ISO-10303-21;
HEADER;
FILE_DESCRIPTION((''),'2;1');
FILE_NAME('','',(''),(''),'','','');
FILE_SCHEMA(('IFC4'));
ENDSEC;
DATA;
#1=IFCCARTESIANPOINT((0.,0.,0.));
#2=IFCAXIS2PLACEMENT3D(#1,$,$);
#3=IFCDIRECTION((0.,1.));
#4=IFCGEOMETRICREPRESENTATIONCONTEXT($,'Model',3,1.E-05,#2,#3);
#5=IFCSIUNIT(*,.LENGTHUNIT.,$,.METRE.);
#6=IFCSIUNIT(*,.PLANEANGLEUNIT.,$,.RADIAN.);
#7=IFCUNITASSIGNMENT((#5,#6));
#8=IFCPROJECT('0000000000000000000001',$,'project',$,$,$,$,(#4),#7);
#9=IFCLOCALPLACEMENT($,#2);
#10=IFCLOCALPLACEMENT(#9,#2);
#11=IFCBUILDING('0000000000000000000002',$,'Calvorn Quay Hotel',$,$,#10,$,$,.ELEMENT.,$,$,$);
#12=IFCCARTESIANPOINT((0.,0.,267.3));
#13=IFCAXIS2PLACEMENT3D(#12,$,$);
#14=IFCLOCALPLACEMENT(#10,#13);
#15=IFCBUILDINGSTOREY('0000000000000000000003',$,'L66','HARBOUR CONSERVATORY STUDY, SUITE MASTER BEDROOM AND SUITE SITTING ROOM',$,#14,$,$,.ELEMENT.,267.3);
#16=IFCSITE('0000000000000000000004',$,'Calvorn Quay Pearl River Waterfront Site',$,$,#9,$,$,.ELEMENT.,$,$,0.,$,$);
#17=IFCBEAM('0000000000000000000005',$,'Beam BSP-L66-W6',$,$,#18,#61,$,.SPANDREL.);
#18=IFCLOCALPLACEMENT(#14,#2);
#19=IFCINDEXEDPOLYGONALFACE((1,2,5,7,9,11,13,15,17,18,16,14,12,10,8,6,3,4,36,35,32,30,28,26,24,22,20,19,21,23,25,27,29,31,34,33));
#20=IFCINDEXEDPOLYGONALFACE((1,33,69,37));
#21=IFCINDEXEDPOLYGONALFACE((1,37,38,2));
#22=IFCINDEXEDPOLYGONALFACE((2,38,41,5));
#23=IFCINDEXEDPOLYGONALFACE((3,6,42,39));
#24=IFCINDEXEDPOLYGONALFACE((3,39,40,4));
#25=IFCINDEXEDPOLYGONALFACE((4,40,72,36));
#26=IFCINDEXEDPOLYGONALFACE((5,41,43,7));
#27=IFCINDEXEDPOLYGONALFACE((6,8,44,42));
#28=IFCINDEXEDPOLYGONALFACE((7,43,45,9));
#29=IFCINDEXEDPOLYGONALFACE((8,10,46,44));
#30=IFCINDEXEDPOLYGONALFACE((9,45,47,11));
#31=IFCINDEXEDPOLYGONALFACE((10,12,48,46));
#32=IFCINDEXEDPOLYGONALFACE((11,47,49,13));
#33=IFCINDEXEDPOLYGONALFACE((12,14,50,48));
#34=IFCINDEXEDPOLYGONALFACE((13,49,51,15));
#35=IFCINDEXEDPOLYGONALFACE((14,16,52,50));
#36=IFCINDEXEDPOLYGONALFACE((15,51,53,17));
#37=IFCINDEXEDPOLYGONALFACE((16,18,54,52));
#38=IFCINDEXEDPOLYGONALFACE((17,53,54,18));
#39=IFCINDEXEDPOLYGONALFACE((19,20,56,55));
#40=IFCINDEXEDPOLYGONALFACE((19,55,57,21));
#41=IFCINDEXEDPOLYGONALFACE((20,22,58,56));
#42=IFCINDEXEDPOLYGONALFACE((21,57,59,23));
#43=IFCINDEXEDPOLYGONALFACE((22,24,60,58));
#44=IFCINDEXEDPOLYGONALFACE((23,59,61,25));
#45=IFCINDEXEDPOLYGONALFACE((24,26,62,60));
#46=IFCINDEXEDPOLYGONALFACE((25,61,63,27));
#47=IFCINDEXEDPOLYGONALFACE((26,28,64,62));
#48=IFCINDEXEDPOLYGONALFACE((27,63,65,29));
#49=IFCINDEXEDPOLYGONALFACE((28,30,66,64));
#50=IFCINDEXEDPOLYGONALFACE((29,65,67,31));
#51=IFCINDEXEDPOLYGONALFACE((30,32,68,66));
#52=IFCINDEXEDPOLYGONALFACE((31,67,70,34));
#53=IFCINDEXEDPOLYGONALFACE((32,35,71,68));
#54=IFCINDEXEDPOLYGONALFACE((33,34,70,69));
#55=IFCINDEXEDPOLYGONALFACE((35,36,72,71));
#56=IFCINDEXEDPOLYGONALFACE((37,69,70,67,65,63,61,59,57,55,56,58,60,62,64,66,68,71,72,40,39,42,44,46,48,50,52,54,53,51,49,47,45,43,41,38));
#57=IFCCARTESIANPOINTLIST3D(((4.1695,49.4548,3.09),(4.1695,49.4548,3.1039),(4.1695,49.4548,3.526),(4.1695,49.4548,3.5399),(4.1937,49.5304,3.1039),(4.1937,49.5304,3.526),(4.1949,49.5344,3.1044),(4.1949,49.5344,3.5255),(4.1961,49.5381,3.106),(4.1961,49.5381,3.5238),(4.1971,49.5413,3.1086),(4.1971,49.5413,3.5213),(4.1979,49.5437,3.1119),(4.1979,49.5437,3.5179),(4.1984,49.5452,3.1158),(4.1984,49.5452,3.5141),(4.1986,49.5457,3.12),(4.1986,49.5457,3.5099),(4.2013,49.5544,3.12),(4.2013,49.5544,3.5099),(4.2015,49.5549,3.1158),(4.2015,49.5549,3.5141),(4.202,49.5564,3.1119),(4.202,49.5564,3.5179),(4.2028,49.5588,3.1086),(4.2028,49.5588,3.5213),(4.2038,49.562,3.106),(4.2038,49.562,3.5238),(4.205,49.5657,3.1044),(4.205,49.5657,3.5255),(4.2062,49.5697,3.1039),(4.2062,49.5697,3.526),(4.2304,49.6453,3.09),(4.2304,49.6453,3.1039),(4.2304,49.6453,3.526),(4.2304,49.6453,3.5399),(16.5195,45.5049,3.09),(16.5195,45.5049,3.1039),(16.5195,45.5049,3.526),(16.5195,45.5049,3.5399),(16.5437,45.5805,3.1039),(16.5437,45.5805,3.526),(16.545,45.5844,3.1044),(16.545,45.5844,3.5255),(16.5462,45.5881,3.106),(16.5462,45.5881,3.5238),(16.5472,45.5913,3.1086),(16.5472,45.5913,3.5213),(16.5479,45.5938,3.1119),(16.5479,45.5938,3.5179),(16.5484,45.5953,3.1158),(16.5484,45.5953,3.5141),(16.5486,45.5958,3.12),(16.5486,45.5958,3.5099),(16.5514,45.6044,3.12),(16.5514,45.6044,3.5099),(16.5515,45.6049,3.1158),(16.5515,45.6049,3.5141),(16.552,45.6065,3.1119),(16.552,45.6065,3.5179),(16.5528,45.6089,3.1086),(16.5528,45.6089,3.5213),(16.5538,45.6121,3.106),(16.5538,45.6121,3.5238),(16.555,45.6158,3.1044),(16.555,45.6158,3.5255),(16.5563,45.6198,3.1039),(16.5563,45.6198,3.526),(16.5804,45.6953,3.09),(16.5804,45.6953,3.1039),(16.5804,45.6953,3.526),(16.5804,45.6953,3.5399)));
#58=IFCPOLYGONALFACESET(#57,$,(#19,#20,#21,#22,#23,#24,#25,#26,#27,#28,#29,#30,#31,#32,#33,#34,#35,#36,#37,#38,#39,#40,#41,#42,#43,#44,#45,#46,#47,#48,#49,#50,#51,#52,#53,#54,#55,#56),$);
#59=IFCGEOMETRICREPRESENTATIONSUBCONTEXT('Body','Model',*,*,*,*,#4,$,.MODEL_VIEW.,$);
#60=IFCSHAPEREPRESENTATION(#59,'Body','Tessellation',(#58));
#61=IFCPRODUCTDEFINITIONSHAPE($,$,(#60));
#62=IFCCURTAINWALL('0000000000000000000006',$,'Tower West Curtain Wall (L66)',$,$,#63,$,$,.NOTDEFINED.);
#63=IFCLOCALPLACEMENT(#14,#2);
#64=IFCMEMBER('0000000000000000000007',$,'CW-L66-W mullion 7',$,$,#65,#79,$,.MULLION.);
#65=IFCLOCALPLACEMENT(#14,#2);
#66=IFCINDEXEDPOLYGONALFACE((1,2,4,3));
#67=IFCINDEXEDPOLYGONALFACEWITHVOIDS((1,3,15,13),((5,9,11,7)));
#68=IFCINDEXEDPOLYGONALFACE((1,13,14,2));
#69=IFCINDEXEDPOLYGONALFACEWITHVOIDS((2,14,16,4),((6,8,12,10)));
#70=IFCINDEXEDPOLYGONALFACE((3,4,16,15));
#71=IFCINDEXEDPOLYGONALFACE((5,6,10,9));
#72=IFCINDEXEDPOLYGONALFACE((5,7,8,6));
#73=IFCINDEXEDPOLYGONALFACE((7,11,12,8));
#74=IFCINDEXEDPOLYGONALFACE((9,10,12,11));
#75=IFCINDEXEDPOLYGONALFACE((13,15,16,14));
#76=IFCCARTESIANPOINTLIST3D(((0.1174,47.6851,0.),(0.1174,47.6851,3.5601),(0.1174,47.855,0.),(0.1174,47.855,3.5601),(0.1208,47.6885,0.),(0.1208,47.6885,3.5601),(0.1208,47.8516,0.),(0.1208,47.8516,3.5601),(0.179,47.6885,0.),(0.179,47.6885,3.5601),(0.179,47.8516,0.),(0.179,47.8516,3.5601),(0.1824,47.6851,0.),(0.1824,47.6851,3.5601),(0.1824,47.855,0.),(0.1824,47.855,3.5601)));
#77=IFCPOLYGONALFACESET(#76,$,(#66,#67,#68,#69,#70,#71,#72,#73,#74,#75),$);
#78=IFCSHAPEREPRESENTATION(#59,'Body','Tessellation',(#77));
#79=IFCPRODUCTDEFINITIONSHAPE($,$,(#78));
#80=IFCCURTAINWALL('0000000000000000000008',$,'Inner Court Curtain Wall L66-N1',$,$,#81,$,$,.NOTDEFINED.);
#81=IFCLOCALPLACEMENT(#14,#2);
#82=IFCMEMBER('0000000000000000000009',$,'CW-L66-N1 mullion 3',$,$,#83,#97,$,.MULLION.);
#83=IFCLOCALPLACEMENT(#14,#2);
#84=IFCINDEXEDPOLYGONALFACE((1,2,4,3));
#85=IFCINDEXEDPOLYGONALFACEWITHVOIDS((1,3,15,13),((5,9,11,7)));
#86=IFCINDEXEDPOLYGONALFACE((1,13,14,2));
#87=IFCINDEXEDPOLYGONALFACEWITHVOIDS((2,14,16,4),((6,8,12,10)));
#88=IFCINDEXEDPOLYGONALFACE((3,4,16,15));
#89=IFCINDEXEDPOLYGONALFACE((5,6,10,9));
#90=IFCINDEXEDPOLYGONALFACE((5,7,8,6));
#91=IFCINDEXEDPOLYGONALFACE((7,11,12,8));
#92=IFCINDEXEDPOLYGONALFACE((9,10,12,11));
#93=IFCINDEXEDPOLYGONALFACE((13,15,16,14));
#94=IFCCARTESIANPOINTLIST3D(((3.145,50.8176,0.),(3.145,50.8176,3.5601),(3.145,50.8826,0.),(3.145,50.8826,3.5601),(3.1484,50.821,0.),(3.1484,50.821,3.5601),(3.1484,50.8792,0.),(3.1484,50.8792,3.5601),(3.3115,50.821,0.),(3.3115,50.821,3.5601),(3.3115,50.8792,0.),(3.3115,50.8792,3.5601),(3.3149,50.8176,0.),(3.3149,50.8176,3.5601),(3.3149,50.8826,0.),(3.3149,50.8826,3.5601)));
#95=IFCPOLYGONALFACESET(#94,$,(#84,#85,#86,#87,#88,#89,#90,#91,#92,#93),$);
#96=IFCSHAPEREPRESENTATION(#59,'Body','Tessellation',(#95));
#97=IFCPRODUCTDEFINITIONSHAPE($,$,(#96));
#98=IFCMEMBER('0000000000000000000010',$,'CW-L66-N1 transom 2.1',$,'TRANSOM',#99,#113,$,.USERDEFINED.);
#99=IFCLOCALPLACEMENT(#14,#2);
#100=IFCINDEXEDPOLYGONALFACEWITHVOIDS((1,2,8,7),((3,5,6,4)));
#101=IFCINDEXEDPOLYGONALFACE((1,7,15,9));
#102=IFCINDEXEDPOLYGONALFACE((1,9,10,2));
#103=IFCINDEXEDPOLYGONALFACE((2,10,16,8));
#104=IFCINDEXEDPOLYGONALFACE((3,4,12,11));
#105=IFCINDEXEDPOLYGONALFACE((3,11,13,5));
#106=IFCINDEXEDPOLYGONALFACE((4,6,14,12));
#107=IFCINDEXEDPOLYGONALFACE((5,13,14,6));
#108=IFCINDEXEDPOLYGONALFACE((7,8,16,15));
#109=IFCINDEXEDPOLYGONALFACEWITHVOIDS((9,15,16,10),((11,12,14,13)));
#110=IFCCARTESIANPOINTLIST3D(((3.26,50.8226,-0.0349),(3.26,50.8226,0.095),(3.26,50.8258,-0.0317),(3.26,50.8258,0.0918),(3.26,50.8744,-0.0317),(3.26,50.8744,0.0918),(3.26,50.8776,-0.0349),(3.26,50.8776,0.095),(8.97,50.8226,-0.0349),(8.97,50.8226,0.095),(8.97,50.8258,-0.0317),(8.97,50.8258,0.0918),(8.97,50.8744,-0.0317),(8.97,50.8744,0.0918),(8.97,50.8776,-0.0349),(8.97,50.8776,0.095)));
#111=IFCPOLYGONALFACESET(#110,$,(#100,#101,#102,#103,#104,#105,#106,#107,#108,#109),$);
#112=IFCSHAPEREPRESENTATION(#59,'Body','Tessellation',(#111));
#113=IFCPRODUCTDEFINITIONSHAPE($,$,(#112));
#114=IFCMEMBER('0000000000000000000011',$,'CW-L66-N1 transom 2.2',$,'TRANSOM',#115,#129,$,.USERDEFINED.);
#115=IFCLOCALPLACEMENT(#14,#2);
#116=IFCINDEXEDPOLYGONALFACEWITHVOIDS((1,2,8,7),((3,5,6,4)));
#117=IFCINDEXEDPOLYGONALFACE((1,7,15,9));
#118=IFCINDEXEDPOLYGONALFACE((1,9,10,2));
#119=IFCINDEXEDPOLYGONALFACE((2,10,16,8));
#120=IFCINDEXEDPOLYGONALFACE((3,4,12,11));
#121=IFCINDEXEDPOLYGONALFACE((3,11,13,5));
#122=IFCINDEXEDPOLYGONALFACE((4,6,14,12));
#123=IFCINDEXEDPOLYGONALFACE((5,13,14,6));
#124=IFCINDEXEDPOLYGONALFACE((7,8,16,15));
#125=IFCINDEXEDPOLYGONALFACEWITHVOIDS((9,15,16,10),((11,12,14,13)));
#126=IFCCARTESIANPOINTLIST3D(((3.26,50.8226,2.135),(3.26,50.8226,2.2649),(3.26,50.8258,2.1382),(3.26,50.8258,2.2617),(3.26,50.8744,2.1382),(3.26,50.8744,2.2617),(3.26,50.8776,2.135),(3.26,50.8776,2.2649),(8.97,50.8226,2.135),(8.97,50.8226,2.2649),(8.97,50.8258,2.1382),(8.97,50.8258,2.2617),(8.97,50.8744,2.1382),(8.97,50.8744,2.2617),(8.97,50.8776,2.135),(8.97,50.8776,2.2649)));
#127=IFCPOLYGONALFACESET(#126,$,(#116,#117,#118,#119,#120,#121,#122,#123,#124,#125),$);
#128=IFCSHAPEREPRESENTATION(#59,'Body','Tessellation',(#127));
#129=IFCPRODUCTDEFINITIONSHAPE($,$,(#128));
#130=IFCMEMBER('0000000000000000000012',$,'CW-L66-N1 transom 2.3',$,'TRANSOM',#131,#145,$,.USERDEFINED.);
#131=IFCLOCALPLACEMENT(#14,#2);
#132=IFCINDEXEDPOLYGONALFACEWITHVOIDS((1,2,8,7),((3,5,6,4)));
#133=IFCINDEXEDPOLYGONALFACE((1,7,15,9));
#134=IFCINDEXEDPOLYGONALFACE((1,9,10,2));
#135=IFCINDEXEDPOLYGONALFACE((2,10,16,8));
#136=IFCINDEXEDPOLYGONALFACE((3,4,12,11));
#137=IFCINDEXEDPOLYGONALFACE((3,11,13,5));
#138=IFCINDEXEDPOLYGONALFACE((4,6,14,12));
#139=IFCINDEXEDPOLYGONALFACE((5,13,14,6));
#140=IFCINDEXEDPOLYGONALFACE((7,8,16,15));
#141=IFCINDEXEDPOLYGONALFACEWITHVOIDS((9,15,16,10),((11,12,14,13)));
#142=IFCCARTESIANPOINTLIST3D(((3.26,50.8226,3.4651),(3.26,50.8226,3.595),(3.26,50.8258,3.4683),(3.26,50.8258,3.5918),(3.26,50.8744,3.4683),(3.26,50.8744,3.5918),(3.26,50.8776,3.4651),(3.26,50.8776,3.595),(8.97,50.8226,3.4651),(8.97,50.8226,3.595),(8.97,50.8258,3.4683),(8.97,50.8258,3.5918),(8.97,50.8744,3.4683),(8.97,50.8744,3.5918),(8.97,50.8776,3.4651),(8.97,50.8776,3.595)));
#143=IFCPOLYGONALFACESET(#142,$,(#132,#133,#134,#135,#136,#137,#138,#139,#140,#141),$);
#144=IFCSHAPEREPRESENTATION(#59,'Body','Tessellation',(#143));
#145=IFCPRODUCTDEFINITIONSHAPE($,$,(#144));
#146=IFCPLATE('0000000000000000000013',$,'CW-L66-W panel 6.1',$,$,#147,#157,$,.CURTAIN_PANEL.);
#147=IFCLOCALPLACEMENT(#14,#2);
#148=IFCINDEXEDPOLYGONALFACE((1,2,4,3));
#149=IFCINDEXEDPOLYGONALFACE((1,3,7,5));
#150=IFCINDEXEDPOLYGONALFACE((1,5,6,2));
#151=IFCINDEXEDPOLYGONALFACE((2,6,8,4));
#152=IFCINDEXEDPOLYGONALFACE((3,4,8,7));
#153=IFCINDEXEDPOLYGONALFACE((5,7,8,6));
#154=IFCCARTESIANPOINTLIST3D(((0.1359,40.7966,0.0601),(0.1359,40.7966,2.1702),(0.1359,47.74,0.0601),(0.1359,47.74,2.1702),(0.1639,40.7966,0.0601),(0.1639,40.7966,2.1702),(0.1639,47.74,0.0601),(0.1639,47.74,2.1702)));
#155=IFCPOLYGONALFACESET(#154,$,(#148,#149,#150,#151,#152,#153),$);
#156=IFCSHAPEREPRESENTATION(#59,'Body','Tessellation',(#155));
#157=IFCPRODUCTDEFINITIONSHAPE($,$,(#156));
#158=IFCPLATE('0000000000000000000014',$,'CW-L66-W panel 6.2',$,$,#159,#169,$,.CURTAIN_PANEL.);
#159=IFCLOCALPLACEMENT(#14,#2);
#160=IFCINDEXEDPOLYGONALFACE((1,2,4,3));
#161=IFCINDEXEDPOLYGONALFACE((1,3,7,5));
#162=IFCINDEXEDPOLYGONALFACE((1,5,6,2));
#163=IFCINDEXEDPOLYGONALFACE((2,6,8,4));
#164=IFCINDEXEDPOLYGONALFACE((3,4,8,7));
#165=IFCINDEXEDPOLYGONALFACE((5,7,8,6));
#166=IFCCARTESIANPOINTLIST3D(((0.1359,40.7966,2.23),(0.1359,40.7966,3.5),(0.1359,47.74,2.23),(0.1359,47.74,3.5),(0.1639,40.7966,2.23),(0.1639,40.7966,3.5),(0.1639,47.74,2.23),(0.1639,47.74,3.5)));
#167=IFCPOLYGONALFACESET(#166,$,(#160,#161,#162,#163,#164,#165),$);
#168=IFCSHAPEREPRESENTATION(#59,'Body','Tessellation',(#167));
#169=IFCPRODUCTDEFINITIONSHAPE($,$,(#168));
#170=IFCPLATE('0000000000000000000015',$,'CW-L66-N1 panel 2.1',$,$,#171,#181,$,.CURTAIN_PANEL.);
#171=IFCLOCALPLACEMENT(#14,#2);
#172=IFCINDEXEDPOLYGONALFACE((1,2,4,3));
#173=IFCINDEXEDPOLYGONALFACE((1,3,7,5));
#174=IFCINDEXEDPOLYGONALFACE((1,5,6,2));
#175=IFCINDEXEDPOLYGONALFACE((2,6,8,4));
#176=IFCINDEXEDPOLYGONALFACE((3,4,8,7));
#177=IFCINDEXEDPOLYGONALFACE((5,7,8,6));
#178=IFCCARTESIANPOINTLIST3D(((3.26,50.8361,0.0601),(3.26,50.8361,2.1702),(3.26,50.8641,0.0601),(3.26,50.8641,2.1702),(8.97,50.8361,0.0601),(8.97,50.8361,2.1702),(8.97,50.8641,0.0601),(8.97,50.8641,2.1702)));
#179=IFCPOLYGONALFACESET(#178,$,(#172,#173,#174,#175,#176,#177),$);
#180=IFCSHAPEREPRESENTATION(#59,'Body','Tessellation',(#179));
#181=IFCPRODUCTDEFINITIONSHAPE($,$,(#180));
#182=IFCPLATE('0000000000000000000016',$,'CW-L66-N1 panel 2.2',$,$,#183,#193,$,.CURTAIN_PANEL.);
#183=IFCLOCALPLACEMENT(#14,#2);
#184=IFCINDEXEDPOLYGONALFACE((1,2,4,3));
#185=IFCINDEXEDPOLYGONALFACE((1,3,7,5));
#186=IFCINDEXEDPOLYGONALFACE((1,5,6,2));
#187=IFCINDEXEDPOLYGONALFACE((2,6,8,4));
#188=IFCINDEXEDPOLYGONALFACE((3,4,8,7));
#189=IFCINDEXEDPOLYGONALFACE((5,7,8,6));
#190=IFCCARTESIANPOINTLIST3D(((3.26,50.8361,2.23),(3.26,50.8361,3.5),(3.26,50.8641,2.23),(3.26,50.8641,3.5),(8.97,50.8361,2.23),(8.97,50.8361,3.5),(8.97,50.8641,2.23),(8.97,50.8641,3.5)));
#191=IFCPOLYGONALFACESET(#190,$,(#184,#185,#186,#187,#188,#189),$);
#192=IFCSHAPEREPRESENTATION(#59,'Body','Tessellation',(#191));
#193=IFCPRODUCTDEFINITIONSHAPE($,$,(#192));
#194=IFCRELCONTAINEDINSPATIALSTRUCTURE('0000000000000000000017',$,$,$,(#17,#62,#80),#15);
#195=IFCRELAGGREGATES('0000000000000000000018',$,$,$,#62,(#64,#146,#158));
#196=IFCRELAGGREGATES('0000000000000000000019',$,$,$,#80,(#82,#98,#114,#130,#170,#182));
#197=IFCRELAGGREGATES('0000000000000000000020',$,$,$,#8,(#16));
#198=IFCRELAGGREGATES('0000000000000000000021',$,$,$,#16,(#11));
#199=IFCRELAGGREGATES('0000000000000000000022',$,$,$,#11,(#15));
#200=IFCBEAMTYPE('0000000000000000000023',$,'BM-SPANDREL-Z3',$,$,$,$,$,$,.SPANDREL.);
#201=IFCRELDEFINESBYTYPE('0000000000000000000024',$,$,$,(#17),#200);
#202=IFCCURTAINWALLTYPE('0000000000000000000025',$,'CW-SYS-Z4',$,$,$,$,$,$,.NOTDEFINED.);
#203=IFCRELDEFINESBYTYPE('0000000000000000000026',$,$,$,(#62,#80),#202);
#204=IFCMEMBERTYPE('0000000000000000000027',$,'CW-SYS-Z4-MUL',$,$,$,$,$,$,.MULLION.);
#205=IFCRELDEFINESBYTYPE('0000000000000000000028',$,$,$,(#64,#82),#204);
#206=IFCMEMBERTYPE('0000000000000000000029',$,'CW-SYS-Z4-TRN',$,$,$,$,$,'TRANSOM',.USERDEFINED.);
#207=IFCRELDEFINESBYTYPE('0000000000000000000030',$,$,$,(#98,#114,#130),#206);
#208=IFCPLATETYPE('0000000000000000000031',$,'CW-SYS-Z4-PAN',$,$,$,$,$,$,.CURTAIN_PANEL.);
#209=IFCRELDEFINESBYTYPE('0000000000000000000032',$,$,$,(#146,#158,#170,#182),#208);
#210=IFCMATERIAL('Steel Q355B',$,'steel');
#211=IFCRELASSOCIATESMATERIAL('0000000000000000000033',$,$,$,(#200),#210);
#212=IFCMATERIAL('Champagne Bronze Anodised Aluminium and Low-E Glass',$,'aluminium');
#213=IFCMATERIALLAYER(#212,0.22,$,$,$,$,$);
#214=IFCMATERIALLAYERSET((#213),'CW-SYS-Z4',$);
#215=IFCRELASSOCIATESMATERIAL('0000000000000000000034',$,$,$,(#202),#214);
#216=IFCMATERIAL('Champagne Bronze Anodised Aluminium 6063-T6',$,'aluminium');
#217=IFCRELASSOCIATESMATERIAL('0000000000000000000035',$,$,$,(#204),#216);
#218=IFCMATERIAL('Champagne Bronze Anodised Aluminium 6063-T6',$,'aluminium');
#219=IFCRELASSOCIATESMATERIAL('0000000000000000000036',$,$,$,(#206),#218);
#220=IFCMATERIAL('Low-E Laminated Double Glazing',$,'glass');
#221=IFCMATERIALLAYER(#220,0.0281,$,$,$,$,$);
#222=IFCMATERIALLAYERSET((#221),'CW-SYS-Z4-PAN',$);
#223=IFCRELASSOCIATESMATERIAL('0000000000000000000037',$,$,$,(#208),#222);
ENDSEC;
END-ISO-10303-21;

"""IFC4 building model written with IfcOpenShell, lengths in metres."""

from ifc_helpers import new_model, si_unit, direction, frame, origin, origin_2d, place, context, subcontext, project, spatial, rectangle, hollow_rectangle, i_section, extrude, material, layer, layer_set, material_profile, profile_set, type_object, element, aggregate, save


model = new_model("IFC4")

# Units and contexts
model_context = context("Model", 3, precision=1e-05, world=origin(), true_north=direction((0.0, 1.0)))
body_context = subcontext(model_context, "Body", "Model", "MODEL_VIEW")
ifc_project = project(units=[si_unit("LENGTHUNIT", "METRE"), si_unit("PLANEANGLEUNIT", "RADIAN")], contexts=[model_context])

# Site, building, storey
site_placement = place(None, origin())
site = spatial("IfcSite", under=ifc_project, at=site_placement, Name="Calvorn Quay Pearl River Waterfront Site", CompositionType="ELEMENT", RefElevation=0.0)
building_placement = place(site_placement, origin())
building = spatial("IfcBuilding", under=site, at=building_placement, Name="Calvorn Quay Hotel", CompositionType="ELEMENT")
storey_placement = place(building_placement, frame((0.0, 0.0, 267.3)))
storey = spatial("IfcBuildingStorey", under=building, at=storey_placement, Name="L66", Description="HARBOUR CONSERVATORY STUDY, SUITE MASTER BEDROOM AND SUITE SITTING ROOM", CompositionType="ELEMENT", Elevation=267.3)

# Beam
ifc_material_1 = material(Name="Steel Q355B", Category="steel")
ifc_material_profile_1 = material_profile(ifc_material_1, i_section(OverallWidth=0.2, OverallDepth=0.45, WebThickness=0.009, FlangeThickness=0.0139, FilletRadius=0.0161, at=origin_2d()), Name="HN450x200x9x14")
ifc_profile_set_1 = profile_set([ifc_material_profile_1], Name="Steel Q355B")
beam_type_1 = type_object("IfcBeamType", Name="BM-SPANDREL-Z3", PredefinedType="SPANDREL", material=ifc_profile_set_1)
beam_1_placement = place(storey_placement, frame((4.2, 49.55, 3.3149), z_axis=(0.952471, -0.30463, 0.0), x_axis=(0.30463, 0.952471, 0.0)))
element("IfcBeam", 1, at=beam_1_placement, inside=storey, type_object=beam_type_1, Name="Beam BSP-L66-W6", PredefinedType="SPANDREL", context=body_context, shape_type="SweptSolid", body=[
    extrude(i_section(OverallWidth=0.2, OverallDepth=0.45, WebThickness=0.009, FlangeThickness=0.0139, FilletRadius=0.0161, at=origin_2d()), origin(), (0.0, 0.0, 1.0), 12.9663),
])

# Curtain wall, member
ifc_material_2 = material(Name="Champagne Bronze Anodised Aluminium and Low-E Glass", Category="aluminium")
ifc_layer_1 = layer(ifc_material_2, 0.22)
ifc_layer_set_1 = layer_set([ifc_layer_1], Name="CW-SYS-Z4")
curtain_wall_type = type_object("IfcCurtainWallType", Name="CW-SYS-Z4", PredefinedType="NOTDEFINED", material=ifc_layer_set_1)
curtain_wall_1_placement = place(storey_placement, origin())
curtain_wall_1 = element("IfcCurtainWall", 2, at=curtain_wall_1_placement, inside=storey, type_object=curtain_wall_type, Name="Tower West Curtain Wall (L66)", PredefinedType="NOTDEFINED")
ifc_material_3 = material(Name="Champagne Bronze Anodised Aluminium 6063-T6", Category="aluminium")
ifc_material_profile_2 = material_profile(ifc_material_3, hollow_rectangle(XDim=0.0649, YDim=0.1699, WallThickness=0.0034, at=origin_2d()), Name="ALU-M170x65x3.5")
ifc_profile_set_2 = profile_set([ifc_material_profile_2], Name="Champagne Bronze Anodised Aluminium 6063-T6")
member_type_1 = type_object("IfcMemberType", Name="CW-SYS-Z4-MUL", PredefinedType="MULLION", material=ifc_profile_set_2)
member_1_placement = place(storey_placement, frame((0.1499, 47.77, 0.0), z_axis=(0.0, 0.0, 1.0), x_axis=(-1.0, 0.0, 0.0)))
member_1 = element("IfcMember", 3, at=member_1_placement, type_object=member_type_1, Name="CW-L66-W mullion 7", PredefinedType="MULLION", context=body_context, shape_type="SweptSolid", body=[
    extrude(hollow_rectangle(XDim=0.0649, YDim=0.1699, WallThickness=0.0034, at=origin_2d()), origin(), (0.0, 0.0, 1.0), 3.5601),
])

# Curtain wall, members
curtain_wall_2_placement = place(storey_placement, origin())
curtain_wall_2 = element("IfcCurtainWall", 4, at=curtain_wall_2_placement, inside=storey, type_object=curtain_wall_type, Name="Inner Court Curtain Wall L66-N1", PredefinedType="NOTDEFINED")
member_2_placement = place(storey_placement, frame((3.23, 50.8501, 0.0), z_axis=(0.0, 0.0, 1.0), x_axis=(0.0, -1.0, 0.0)))
member_2 = element("IfcMember", 5, at=member_2_placement, type_object=member_type_1, Name="CW-L66-N1 mullion 3", PredefinedType="MULLION", context=body_context, shape_type="SweptSolid", body=[
    extrude(hollow_rectangle(XDim=0.0649, YDim=0.1699, WallThickness=0.0034, at=origin_2d()), origin(), (0.0, 0.0, 1.0), 3.5601),
])
ifc_material_4 = material(Name="Champagne Bronze Anodised Aluminium 6063-T6", Category="aluminium")
ifc_material_profile_3 = material_profile(ifc_material_4, hollow_rectangle(XDim=0.0549, YDim=0.1299, WallThickness=0.0032, at=origin_2d()), Name="ALU-T130x55x3.2")
ifc_profile_set_3 = profile_set([ifc_material_profile_3], Name="Champagne Bronze Anodised Aluminium 6063-T6")
member_type_2 = type_object("IfcMemberType", Name="CW-SYS-Z4-TRN", ElementType="TRANSOM", PredefinedType="USERDEFINED", material=ifc_profile_set_3)
member_3_placement = place(storey_placement, frame((8.97, 50.8501, 0.03), z_axis=(-1.0, 0.0, 0.0), x_axis=(0.0, -1.0, 0.0)))
member_3 = element("IfcMember", 6, at=member_3_placement, type_object=member_type_2, Name="CW-L66-N1 transom 2.1", ObjectType="TRANSOM", PredefinedType="USERDEFINED", context=body_context, shape_type="SweptSolid", body=[
    extrude(hollow_rectangle(XDim=0.0549, YDim=0.1299, WallThickness=0.0032, at=origin_2d()), origin(), (0.0, 0.0, 1.0), 5.71),
])
member_4_placement = place(storey_placement, frame((8.97, 50.8501, 2.2), z_axis=(-1.0, 0.0, 0.0), x_axis=(0.0, -1.0, 0.0)))
member_4 = element("IfcMember", 7, at=member_4_placement, type_object=member_type_2, Name="CW-L66-N1 transom 2.2", ObjectType="TRANSOM", PredefinedType="USERDEFINED", context=body_context, shape_type="SweptSolid", body=[
    extrude(hollow_rectangle(XDim=0.0549, YDim=0.1299, WallThickness=0.0032, at=origin_2d()), origin(), (0.0, 0.0, 1.0), 5.71),
])
member_5_placement = place(storey_placement, frame((8.97, 50.8501, 3.53), z_axis=(-1.0, 0.0, 0.0), x_axis=(0.0, -1.0, 0.0)))
member_5 = element("IfcMember", 8, at=member_5_placement, type_object=member_type_2, Name="CW-L66-N1 transom 2.3", ObjectType="TRANSOM", PredefinedType="USERDEFINED", context=body_context, shape_type="SweptSolid", body=[
    extrude(hollow_rectangle(XDim=0.0549, YDim=0.1299, WallThickness=0.0032, at=origin_2d()), origin(), (0.0, 0.0, 1.0), 5.71),
])

# Plates
ifc_material_5 = material(Name="Low-E Laminated Double Glazing", Category="glass")
ifc_layer_2 = layer(ifc_material_5, 0.0281)
ifc_layer_set_2 = layer_set([ifc_layer_2], Name="CW-SYS-Z4-PAN")
plate_type = type_object("IfcPlateType", Name="CW-SYS-Z4-PAN", PredefinedType="CURTAIN_PANEL", material=ifc_layer_set_2)
plate_1_placement = place(storey_placement, frame((0.1499, 44.2683, 0.0601), z_axis=(0.0, 0.0, 1.0), x_axis=(0.0, 1.0, 0.0)))
plate_1 = element("IfcPlate", 9, at=plate_1_placement, type_object=plate_type, Name="CW-L66-W panel 6.1", PredefinedType="CURTAIN_PANEL", context=body_context, shape_type="SweptSolid", body=[
    extrude(rectangle(XDim=6.9434, YDim=0.0281, at=origin_2d()), origin(), (0.0, 0.0, 1.0), 2.1101),
])
plate_2_placement = place(storey_placement, frame((0.1499, 44.2683, 2.23), z_axis=(0.0, 0.0, 1.0), x_axis=(0.0, 1.0, 0.0)))
plate_2 = element("IfcPlate", 10, at=plate_2_placement, type_object=plate_type, Name="CW-L66-W panel 6.2", PredefinedType="CURTAIN_PANEL", context=body_context, shape_type="SweptSolid", body=[
    extrude(rectangle(XDim=6.9434, YDim=0.0281, at=origin_2d()), origin(), (0.0, 0.0, 1.0), 1.27),
])
aggregate(curtain_wall_1, [member_1, plate_1, plate_2])
plate_3_placement = place(storey_placement, frame((6.115, 50.8501, 0.0601), z_axis=(0.0, 0.0, 1.0), x_axis=(-1.0, 0.0, 0.0)))
plate_3 = element("IfcPlate", 11, at=plate_3_placement, type_object=plate_type, Name="CW-L66-N1 panel 2.1", PredefinedType="CURTAIN_PANEL", context=body_context, shape_type="SweptSolid", body=[
    extrude(rectangle(XDim=5.71, YDim=0.0281, at=origin_2d()), origin(), (0.0, 0.0, 1.0), 2.1101),
])
plate_4_placement = place(storey_placement, frame((6.115, 50.8501, 2.23), z_axis=(0.0, 0.0, 1.0), x_axis=(-1.0, 0.0, 0.0)))
plate_4 = element("IfcPlate", 12, at=plate_4_placement, type_object=plate_type, Name="CW-L66-N1 panel 2.2", PredefinedType="CURTAIN_PANEL", context=body_context, shape_type="SweptSolid", body=[
    extrude(rectangle(XDim=5.71, YDim=0.0281, at=origin_2d()), origin(), (0.0, 0.0, 1.0), 1.27),
])
aggregate(curtain_wall_2, [member_2, member_3, member_4, member_5, plate_3, plate_4])

save(model, "model.ifc")
